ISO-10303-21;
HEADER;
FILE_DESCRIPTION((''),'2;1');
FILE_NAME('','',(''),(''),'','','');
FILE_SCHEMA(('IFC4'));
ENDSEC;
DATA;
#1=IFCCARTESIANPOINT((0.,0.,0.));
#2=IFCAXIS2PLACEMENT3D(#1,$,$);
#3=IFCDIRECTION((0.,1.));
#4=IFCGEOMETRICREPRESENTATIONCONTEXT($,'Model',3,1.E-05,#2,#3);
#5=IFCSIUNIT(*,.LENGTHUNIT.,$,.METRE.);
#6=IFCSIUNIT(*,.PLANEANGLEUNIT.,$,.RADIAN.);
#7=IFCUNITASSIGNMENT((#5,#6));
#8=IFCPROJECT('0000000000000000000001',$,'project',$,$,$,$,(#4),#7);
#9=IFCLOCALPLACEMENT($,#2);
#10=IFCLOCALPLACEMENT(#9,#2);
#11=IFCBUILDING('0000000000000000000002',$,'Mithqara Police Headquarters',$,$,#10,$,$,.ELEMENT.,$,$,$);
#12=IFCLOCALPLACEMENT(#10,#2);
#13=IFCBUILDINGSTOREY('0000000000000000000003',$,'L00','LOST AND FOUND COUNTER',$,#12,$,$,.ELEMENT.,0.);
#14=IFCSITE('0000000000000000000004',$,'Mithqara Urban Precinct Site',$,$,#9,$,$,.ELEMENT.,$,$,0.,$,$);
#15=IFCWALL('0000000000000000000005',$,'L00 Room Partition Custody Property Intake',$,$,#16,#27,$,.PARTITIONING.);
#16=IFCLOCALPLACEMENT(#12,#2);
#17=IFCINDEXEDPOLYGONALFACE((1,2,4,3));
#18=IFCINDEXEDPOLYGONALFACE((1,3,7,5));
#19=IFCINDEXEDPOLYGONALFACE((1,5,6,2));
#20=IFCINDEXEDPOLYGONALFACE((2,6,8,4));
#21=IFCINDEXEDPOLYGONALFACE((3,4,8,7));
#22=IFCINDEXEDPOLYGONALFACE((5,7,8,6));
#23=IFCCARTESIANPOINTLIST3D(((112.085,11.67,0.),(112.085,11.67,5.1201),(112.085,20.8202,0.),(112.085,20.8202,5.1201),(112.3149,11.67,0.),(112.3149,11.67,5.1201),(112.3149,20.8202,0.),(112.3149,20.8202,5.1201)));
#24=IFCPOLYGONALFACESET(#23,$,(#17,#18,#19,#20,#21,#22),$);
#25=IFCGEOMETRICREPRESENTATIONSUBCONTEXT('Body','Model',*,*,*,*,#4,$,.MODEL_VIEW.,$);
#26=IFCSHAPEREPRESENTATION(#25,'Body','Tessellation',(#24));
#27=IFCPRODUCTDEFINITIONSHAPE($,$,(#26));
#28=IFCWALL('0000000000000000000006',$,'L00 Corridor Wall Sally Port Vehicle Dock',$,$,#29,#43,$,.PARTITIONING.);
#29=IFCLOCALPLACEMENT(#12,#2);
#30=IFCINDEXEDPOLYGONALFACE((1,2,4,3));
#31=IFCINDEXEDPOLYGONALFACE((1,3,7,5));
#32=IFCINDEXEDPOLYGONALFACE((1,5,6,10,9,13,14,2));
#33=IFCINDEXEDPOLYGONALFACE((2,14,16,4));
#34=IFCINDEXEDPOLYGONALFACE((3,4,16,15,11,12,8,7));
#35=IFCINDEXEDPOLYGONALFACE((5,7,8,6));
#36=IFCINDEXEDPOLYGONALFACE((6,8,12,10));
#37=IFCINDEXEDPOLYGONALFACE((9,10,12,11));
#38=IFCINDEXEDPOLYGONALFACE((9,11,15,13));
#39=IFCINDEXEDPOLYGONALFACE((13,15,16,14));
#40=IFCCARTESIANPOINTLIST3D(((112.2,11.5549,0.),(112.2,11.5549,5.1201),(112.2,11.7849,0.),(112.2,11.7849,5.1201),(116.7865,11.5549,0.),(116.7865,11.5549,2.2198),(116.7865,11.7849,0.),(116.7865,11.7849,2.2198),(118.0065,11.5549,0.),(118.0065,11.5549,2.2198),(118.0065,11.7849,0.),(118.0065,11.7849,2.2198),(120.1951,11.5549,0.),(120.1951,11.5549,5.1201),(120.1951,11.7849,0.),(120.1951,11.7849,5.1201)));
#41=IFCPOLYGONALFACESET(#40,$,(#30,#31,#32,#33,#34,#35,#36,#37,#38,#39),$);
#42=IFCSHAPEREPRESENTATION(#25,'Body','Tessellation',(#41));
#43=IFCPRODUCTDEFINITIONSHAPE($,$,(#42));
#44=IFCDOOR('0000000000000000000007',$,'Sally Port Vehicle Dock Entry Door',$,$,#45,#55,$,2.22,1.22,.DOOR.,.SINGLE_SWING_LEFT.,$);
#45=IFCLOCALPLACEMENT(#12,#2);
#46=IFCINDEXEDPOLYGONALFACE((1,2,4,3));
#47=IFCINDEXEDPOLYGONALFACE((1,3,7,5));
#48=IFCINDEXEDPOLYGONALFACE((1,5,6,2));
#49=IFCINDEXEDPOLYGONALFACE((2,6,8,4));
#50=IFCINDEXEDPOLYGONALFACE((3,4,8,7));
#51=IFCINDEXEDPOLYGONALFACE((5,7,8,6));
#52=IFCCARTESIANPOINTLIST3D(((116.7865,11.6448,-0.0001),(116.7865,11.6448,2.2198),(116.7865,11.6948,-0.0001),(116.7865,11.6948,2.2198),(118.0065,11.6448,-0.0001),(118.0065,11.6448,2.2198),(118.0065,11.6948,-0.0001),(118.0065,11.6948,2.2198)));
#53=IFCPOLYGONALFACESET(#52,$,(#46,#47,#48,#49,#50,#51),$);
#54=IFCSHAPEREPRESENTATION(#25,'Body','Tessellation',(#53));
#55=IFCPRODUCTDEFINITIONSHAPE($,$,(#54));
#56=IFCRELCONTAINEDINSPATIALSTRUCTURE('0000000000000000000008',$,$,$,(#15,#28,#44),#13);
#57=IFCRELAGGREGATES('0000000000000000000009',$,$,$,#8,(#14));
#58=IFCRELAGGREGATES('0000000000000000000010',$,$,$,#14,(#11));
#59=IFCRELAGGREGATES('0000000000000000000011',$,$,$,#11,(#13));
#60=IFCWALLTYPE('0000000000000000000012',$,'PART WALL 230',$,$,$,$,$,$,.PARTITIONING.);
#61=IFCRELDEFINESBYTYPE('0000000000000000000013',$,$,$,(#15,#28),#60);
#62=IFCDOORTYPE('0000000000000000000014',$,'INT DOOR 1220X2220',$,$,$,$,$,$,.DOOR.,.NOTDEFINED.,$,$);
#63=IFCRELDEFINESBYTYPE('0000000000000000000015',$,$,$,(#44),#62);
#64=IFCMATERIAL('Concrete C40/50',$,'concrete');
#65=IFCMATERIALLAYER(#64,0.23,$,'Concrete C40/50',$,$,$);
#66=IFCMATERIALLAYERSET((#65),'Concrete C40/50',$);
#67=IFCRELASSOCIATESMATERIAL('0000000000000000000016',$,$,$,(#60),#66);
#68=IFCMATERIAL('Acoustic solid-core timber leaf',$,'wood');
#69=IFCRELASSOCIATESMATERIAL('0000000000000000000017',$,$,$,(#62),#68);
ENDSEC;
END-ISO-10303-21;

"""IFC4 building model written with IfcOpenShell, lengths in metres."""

from ifc_helpers import new_model, si_unit, direction, frame, frame_2d, origin, place, context, subcontext, project, spatial, rectangle, extrude, material, layer, layer_set, type_object, element, fill, save


model = new_model("IFC4")

# Units and contexts
model_context = context("Model", 3, precision=1e-05, world=origin(), true_north=direction((0.0, 1.0)))
body_context = subcontext(model_context, "Body", "Model", "MODEL_VIEW")
ifc_project = project(units=[si_unit("LENGTHUNIT", "METRE"), si_unit("PLANEANGLEUNIT", "RADIAN")], contexts=[model_context])

# Site, building, storey
site_placement = place(None, origin())
site = spatial("IfcSite", under=ifc_project, at=site_placement, Name="Mithqara Urban Precinct Site", CompositionType="ELEMENT", RefElevation=0.0)
building_placement = place(site_placement, origin())
building = spatial("IfcBuilding", under=site, at=building_placement, Name="Mithqara Police Headquarters", CompositionType="ELEMENT")
storey_placement = place(building_placement, origin())
storey = spatial("IfcBuildingStorey", under=building, at=storey_placement, Name="L00", Description="LOST AND FOUND COUNTER", CompositionType="ELEMENT", Elevation=0.0)

# Shared definitions
ifc_material_1 = material(Name="Concrete C40/50", Category="concrete")

# Wall
ifc_layer = layer(ifc_material_1, 0.23, Name="Concrete C40/50")
ifc_layer_set = layer_set([ifc_layer], Name="Concrete C40/50")
wall_type = type_object("IfcWallType", Name="PART WALL 230", PredefinedType="PARTITIONING", material=ifc_layer_set)
wall_1_placement = place(storey_placement, frame((112.2, 11.6699, 0.0), z_axis=(0.0, 0.0, 1.0), x_axis=(0.0, 1.0, 0.0)))
element("IfcWall", 1, at=wall_1_placement, inside=storey, type_object=wall_type, Name="L00 Room Partition Custody Property Intake", PredefinedType="PARTITIONING", context=body_context, shape_type="SweptSolid", body=[
    extrude(rectangle(XDim=9.1501, YDim=0.23, at=frame_2d((4.5752, 0.0))), origin(), (0.0, 0.0, 1.0), 5.1201),
])

# Wall, opening, door
wall_2_placement = place(storey_placement, frame((112.2, 11.6699, 0.0), z_axis=(0.0, 0.0, 1.0), x_axis=(1.0, 0.0, 0.0)))
wall_2 = element("IfcWall", 2, at=wall_2_placement, inside=storey, type_object=wall_type, Name="L00 Corridor Wall Sally Port Vehicle Dock", PredefinedType="PARTITIONING", context=body_context, shape_type="SweptSolid", body=[
    extrude(rectangle(XDim=7.9951, YDim=0.23, at=frame_2d((3.9976, 0.0))), origin(), (0.0, 0.0, 1.0), 5.1201),
])
opening_placement = place(wall_2_placement, frame((4.5867, 0.0, 0.0)))
opening = element("IfcOpeningElement", 3, at=opening_placement, cuts=wall_2, PredefinedType="OPENING", context=body_context, shape_type="SweptSolid", body=[
    extrude(rectangle(XDim=1.22, YDim=2.22, at=frame_2d((0.6099, 1.1099))), frame((0.0, 0.125, 0.0), z_axis=(0.0, -1.0, 0.0), x_axis=(1.0, 0.0, 0.0)), (0.0, 0.0, 1.0), 0.25),
])
ifc_material_2 = material(Name="Acoustic solid-core timber leaf", Category="wood")
door_type = type_object("IfcDoorType", Name="INT DOOR 1220X2220", OperationType="NOTDEFINED", PredefinedType="DOOR", material=ifc_material_2)
door_placement = place(opening_placement, origin())
door = element("IfcDoor", 4, at=door_placement, inside=storey, type_object=door_type, Name="Sally Port Vehicle Dock Entry Door", OperationType="SINGLE_SWING_LEFT", OverallHeight=2.22, OverallWidth=1.22, PredefinedType="DOOR", context=body_context, shape_type="SweptSolid", body=[
    extrude(rectangle(XDim=1.22, YDim=2.22, at=frame_2d((0.6099, 1.1099))), frame((0.0, 0.0249, 0.0), z_axis=(0.0, -1.0, 0.0), x_axis=(1.0, 0.0, 0.0)), (0.0, 0.0, 1.0), 0.05),
])
fill(opening, door)

save(model, "model.ifc")
